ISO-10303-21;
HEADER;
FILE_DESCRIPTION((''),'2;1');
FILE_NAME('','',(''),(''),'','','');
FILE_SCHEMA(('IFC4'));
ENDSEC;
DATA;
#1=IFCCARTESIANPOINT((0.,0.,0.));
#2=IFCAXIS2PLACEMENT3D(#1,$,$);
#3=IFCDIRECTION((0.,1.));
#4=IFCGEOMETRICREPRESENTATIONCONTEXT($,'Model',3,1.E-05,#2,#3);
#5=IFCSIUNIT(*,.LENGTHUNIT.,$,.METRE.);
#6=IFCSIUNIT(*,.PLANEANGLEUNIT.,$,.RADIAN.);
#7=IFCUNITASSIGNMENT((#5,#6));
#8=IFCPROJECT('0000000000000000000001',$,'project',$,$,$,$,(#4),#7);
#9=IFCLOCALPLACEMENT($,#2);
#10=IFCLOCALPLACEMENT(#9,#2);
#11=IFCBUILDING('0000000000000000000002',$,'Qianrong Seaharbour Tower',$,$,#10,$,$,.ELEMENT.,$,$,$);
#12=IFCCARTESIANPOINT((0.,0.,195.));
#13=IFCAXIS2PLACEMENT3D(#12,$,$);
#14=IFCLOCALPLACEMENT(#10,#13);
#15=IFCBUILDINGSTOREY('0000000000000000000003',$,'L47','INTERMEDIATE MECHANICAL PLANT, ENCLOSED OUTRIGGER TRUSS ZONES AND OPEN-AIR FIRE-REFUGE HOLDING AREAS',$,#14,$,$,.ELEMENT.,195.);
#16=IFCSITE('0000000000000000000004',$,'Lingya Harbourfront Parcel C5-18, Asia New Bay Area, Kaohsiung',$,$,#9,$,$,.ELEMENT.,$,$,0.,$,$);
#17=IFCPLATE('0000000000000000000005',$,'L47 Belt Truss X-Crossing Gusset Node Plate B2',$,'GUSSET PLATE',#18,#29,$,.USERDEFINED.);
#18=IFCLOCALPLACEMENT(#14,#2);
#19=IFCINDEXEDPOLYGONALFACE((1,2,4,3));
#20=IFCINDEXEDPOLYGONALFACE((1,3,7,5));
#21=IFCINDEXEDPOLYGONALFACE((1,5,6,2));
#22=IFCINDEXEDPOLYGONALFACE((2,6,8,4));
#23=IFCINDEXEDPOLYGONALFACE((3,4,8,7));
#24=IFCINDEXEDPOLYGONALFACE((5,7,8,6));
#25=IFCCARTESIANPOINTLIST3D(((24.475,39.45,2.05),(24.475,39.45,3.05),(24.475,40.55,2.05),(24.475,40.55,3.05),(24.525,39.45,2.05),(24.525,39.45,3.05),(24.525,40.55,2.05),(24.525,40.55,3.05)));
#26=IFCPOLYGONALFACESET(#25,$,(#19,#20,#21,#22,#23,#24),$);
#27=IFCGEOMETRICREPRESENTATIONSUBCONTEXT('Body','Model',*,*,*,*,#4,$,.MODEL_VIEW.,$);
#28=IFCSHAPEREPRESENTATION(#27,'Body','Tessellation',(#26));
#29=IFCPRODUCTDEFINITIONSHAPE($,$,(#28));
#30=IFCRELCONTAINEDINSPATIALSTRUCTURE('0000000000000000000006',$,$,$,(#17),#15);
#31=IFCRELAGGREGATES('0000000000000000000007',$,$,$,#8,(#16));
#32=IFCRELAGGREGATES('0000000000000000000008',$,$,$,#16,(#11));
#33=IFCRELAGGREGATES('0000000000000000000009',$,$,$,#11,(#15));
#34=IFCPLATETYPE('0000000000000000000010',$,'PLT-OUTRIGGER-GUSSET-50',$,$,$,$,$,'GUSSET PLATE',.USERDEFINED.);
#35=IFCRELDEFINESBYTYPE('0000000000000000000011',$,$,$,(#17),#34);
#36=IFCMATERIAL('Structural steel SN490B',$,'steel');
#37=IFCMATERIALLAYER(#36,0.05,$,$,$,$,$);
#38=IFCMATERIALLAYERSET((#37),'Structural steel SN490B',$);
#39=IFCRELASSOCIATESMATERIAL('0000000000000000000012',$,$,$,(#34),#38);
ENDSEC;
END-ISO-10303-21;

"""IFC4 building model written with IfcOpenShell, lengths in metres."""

from ifc_helpers import new_model, si_unit, direction, frame, origin, origin_2d, place, context, subcontext, project, spatial, rectangle, extrude, material, layer, layer_set, type_object, element, save


model = new_model("IFC4")

# Units and contexts
model_context = context("Model", 3, precision=1e-05, world=origin(), true_north=direction((0.0, 1.0)))
body_context = subcontext(model_context, "Body", "Model", "MODEL_VIEW")
ifc_project = project(units=[si_unit("LENGTHUNIT", "METRE"), si_unit("PLANEANGLEUNIT", "RADIAN")], contexts=[model_context])

# Site, building, storey
site_placement = place(None, origin())
site = spatial("IfcSite", under=ifc_project, at=site_placement, Name="Lingya Harbourfront Parcel C5-18, Asia New Bay Area, Kaohsiung", CompositionType="ELEMENT", RefElevation=0.0)
building_placement = place(site_placement, origin())
building = spatial("IfcBuilding", under=site, at=building_placement, Name="Qianrong Seaharbour Tower", CompositionType="ELEMENT")
storey_placement = place(building_placement, frame((0.0, 0.0, 195.0)))
storey = spatial("IfcBuildingStorey", under=building, at=storey_placement, Name="L47", Description="INTERMEDIATE MECHANICAL PLANT, ENCLOSED OUTRIGGER TRUSS ZONES AND OPEN-AIR FIRE-REFUGE HOLDING AREAS", CompositionType="ELEMENT", Elevation=195.0)

# Shared definitions
ifc_material_1 = material(Name="Structural steel SN490B", Category="steel")

# Plate
ifc_layer_1 = layer(ifc_material_1, 0.05)
ifc_layer_set_1 = layer_set([ifc_layer_1], Name="Structural steel SN490B")
plate_type_1 = type_object("IfcPlateType", Name="PLT-OUTRIGGER-GUSSET-50", ElementType="GUSSET PLATE", PredefinedType="USERDEFINED", material=ifc_layer_set_1)
plate_1_placement = place(storey_placement, frame((24.5, 40.0, 2.05), z_axis=(0.0, 0.0, 1.0), x_axis=(1.0, 0.0, 0.0)))
element("IfcPlate", 1, at=plate_1_placement, inside=storey, type_object=plate_type_1, Name="L47 Belt Truss X-Crossing Gusset Node Plate B2", ObjectType="GUSSET PLATE", PredefinedType="USERDEFINED", context=body_context, shape_type="SweptSolid", body=[
    extrude(rectangle(XDim=0.05, YDim=1.1001, at=origin_2d()), origin(), (0.0, 0.0, 1.0), 1.0),
])

save(model, "model.ifc")
